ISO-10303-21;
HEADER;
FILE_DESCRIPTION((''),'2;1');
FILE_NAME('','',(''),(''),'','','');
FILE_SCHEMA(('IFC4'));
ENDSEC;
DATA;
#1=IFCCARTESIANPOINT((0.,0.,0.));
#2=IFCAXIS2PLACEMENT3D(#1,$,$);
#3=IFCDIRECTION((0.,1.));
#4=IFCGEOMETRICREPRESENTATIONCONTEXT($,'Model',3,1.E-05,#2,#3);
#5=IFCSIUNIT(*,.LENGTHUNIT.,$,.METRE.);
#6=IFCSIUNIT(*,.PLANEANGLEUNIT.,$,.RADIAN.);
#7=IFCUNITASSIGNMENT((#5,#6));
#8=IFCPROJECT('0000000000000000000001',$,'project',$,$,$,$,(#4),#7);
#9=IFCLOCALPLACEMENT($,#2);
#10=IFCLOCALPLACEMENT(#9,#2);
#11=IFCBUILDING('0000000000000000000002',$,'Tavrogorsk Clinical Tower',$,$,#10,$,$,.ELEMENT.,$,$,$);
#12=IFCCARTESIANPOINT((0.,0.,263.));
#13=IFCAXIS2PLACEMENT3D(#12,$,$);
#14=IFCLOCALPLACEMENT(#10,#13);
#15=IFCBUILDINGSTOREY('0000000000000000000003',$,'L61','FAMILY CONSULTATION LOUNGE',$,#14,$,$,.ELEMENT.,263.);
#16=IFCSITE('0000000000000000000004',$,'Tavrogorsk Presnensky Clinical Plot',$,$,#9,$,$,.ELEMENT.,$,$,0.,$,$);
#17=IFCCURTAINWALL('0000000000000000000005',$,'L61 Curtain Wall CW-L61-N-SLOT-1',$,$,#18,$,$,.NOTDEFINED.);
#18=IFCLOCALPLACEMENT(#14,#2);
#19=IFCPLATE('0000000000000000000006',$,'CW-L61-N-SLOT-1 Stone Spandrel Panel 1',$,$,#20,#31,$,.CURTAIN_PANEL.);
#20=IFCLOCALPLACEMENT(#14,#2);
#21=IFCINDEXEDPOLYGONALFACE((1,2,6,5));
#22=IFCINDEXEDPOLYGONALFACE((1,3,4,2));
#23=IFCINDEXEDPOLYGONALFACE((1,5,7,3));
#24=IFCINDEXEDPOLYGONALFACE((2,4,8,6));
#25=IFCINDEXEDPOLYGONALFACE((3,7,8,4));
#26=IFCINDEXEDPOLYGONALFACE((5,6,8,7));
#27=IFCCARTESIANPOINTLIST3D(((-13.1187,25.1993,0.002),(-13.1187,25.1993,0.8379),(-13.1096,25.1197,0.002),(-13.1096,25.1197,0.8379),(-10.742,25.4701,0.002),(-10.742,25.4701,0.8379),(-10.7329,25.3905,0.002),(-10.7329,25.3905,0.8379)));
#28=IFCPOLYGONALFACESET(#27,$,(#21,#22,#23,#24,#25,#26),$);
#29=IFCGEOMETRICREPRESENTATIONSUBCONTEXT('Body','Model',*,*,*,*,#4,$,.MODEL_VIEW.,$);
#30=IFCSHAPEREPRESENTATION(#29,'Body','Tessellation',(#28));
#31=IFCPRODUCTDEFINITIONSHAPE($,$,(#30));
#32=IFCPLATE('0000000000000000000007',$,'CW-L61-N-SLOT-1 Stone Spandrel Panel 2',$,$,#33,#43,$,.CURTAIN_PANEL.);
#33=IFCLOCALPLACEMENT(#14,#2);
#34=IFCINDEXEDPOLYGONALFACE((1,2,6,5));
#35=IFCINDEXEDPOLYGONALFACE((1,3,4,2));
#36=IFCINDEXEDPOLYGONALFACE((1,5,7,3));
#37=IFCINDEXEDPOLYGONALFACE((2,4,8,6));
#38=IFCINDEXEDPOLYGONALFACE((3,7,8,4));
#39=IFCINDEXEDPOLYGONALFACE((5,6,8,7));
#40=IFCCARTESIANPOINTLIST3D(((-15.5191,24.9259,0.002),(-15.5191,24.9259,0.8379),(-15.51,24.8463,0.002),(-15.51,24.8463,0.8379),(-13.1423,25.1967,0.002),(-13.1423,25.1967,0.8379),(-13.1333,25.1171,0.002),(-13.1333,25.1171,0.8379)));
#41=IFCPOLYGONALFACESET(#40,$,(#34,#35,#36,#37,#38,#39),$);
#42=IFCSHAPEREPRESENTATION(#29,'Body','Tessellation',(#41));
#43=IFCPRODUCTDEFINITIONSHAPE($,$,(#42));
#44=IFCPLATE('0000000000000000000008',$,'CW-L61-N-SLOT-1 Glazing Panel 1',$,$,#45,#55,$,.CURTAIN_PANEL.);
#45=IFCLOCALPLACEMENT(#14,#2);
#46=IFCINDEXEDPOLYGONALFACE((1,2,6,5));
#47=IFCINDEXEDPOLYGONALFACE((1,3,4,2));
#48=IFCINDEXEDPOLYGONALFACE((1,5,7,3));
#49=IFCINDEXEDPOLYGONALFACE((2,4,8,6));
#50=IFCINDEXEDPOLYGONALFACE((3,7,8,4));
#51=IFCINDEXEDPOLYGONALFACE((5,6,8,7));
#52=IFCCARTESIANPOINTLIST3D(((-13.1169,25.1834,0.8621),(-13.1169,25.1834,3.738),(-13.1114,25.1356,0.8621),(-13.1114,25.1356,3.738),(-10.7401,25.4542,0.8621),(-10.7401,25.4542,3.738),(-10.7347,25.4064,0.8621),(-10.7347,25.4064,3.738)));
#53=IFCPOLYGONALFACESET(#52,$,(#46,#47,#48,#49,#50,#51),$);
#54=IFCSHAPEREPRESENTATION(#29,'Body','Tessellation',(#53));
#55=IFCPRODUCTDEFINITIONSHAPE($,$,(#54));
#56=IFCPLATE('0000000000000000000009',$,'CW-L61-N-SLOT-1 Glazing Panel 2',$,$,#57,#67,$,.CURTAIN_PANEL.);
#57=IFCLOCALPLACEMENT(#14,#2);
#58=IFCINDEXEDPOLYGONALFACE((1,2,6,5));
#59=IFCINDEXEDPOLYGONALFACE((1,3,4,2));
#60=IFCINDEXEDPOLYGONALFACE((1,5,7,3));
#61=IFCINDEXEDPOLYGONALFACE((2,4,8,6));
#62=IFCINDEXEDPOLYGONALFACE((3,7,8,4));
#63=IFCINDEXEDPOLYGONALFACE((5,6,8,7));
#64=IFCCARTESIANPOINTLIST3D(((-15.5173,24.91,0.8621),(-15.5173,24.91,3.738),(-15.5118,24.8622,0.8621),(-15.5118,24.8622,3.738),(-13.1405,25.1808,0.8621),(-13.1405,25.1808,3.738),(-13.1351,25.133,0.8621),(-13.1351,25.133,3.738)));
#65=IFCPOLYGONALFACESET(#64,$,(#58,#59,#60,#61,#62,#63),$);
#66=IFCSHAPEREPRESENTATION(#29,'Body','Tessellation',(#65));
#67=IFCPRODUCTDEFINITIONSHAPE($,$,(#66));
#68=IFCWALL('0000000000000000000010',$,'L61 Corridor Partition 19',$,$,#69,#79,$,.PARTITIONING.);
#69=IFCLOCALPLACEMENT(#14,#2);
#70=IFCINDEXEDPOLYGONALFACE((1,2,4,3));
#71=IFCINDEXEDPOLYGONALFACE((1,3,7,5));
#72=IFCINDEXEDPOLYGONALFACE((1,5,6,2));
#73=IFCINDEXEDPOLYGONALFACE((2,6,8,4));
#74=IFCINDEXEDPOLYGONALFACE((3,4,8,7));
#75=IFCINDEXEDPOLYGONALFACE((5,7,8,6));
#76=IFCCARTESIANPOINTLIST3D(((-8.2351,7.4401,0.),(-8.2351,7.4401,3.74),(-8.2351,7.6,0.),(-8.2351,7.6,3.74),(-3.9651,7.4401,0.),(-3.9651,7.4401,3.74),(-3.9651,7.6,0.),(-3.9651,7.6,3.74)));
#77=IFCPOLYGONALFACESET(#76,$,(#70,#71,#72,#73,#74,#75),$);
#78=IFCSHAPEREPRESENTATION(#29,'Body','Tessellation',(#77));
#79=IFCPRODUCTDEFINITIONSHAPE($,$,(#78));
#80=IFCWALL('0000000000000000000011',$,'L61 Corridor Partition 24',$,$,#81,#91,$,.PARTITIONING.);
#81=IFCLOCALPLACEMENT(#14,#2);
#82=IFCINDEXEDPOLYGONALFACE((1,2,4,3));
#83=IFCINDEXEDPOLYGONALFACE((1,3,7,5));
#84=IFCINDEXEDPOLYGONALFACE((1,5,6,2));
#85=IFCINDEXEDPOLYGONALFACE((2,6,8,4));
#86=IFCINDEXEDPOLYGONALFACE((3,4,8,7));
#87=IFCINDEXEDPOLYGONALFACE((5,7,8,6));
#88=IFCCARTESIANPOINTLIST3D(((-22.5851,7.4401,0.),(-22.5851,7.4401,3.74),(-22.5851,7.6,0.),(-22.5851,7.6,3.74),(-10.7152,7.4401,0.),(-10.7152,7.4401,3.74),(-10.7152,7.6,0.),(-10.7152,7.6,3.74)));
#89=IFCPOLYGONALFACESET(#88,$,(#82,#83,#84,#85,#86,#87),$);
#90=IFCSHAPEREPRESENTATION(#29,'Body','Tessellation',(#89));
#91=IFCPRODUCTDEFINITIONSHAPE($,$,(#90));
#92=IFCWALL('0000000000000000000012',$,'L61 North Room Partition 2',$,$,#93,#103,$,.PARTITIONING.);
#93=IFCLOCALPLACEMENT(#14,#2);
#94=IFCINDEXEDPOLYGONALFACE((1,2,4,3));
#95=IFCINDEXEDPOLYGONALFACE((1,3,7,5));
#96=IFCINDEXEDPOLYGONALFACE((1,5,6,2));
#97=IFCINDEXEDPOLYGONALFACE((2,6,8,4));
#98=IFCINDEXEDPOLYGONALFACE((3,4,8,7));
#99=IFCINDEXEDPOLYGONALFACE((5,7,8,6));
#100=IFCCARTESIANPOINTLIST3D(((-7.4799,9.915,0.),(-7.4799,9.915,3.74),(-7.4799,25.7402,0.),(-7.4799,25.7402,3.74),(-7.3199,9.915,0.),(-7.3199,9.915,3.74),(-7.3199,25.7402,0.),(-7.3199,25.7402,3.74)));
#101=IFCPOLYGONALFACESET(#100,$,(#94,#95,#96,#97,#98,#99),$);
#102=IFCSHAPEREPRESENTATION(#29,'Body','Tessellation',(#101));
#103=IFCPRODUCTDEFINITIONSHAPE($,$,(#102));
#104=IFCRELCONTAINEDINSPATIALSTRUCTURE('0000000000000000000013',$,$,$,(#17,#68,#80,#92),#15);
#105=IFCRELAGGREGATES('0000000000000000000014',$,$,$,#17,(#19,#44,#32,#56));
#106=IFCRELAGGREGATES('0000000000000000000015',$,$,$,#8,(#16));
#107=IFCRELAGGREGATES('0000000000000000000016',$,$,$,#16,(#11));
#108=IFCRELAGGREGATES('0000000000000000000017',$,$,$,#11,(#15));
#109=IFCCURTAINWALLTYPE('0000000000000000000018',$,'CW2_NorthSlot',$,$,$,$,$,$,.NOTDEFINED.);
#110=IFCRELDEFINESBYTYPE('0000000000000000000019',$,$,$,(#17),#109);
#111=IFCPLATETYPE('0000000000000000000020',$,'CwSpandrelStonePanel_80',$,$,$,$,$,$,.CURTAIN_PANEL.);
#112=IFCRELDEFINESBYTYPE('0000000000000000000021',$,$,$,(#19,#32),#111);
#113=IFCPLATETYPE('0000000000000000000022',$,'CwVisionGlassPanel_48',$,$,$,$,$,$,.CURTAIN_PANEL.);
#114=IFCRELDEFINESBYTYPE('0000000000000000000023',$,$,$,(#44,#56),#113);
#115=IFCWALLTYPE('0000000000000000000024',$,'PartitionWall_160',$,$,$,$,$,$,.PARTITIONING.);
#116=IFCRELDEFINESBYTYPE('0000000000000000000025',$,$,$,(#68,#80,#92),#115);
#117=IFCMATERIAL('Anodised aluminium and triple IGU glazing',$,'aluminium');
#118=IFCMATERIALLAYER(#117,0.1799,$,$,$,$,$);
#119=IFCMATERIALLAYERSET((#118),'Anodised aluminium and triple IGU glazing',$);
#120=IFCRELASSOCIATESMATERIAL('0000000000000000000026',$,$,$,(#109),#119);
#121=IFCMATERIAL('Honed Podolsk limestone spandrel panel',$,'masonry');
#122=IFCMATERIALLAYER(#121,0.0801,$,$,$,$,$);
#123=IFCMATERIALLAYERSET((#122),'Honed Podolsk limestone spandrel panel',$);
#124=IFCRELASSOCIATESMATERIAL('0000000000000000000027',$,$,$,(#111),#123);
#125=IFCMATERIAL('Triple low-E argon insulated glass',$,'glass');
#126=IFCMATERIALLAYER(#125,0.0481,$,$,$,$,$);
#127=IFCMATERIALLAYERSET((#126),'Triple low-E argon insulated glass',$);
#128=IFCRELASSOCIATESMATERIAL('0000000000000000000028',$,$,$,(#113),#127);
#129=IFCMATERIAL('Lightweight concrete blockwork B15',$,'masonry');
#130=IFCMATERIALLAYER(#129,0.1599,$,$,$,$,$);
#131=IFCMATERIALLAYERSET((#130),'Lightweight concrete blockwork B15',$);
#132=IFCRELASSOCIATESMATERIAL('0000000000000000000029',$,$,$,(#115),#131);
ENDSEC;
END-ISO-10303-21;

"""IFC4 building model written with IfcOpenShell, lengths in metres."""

from ifc_helpers import new_model, si_unit, direction, frame, frame_2d, origin, origin_2d, place, context, subcontext, project, spatial, rectangle, extrude, material, layer, layer_set, type_object, element, aggregate, save


model = new_model("IFC4")

# Units and contexts
model_context = context("Model", 3, precision=1e-05, world=origin(), true_north=direction((0.0, 1.0)))
body_context = subcontext(model_context, "Body", "Model", "MODEL_VIEW")
ifc_project = project(units=[si_unit("LENGTHUNIT", "METRE"), si_unit("PLANEANGLEUNIT", "RADIAN")], contexts=[model_context])

# Site, building, storey
site_placement = place(None, origin())
site = spatial("IfcSite", under=ifc_project, at=site_placement, Name="Tavrogorsk Presnensky Clinical Plot", CompositionType="ELEMENT", RefElevation=0.0)
building_placement = place(site_placement, origin())
building = spatial("IfcBuilding", under=site, at=building_placement, Name="Tavrogorsk Clinical Tower", CompositionType="ELEMENT")
storey_placement = place(building_placement, frame((0.0, 0.0, 263.0)))
storey = spatial("IfcBuildingStorey", under=building, at=storey_placement, Name="L61", Description="FAMILY CONSULTATION LOUNGE", CompositionType="ELEMENT", Elevation=263.0)

# Curtain wall
ifc_material_1 = material(Name="Anodised aluminium and triple IGU glazing", Category="aluminium")
ifc_layer_1 = layer(ifc_material_1, 0.1799)
ifc_layer_set_1 = layer_set([ifc_layer_1], Name="Anodised aluminium and triple IGU glazing")
curtain_wall_type = type_object("IfcCurtainWallType", Name="CW2_NorthSlot", PredefinedType="NOTDEFINED", material=ifc_layer_set_1)
curtain_wall_placement = place(storey_placement, origin())
curtain_wall = element("IfcCurtainWall", 1, at=curtain_wall_placement, inside=storey, type_object=curtain_wall_type, Name="L61 Curtain Wall CW-L61-N-SLOT-1", PredefinedType="NOTDEFINED")

# Plates
ifc_material_2 = material(Name="Honed Podolsk limestone spandrel panel", Category="masonry")
ifc_layer_2 = layer(ifc_material_2, 0.0801)
ifc_layer_set_2 = layer_set([ifc_layer_2], Name="Honed Podolsk limestone spandrel panel")
plate_type_1 = type_object("IfcPlateType", Name="CwSpandrelStonePanel_80", PredefinedType="CURTAIN_PANEL", material=ifc_layer_set_2)
plate_1_placement = place(storey_placement, frame((-11.9258, 25.2949, 0.002), z_axis=(0.0, 0.0, 1.0), x_axis=(-0.993572, -0.113203, 0.0)))
plate_1 = element("IfcPlate", 2, at=plate_1_placement, type_object=plate_type_1, Name="CW-L61-N-SLOT-1 Stone Spandrel Panel 1", PredefinedType="CURTAIN_PANEL", context=body_context, shape_type="SweptSolid", body=[
    extrude(rectangle(XDim=2.3921, YDim=0.0801, at=origin_2d()), origin(), (0.0, 0.0, 1.0), 0.8359),
])
plate_2_placement = place(storey_placement, frame((-14.3262, 25.0215, 0.002), z_axis=(0.0, 0.0, 1.0), x_axis=(-0.993572, -0.113203, 0.0)))
plate_2 = element("IfcPlate", 3, at=plate_2_placement, type_object=plate_type_1, Name="CW-L61-N-SLOT-1 Stone Spandrel Panel 2", PredefinedType="CURTAIN_PANEL", context=body_context, shape_type="SweptSolid", body=[
    extrude(rectangle(XDim=2.3921, YDim=0.0801, at=origin_2d()), origin(), (0.0, 0.0, 1.0), 0.8359),
])
ifc_material_3 = material(Name="Triple low-E argon insulated glass", Category="glass")
ifc_layer_3 = layer(ifc_material_3, 0.0481)
ifc_layer_set_3 = layer_set([ifc_layer_3], Name="Triple low-E argon insulated glass")
plate_type_2 = type_object("IfcPlateType", Name="CwVisionGlassPanel_48", PredefinedType="CURTAIN_PANEL", material=ifc_layer_set_3)
plate_3_placement = place(storey_placement, frame((-11.9258, 25.2949, 0.8621), z_axis=(0.0, 0.0, 1.0), x_axis=(-0.993572, -0.113203, 0.0)))
plate_3 = element("IfcPlate", 4, at=plate_3_placement, type_object=plate_type_2, Name="CW-L61-N-SLOT-1 Glazing Panel 1", PredefinedType="CURTAIN_PANEL", context=body_context, shape_type="SweptSolid", body=[
    extrude(rectangle(XDim=2.3921, YDim=0.0481, at=origin_2d()), origin(), (0.0, 0.0, 1.0), 2.876),
])
plate_4_placement = place(storey_placement, frame((-14.3262, 25.0215, 0.8621), z_axis=(0.0, 0.0, 1.0), x_axis=(-0.993572, -0.113203, 0.0)))
plate_4 = element("IfcPlate", 5, at=plate_4_placement, type_object=plate_type_2, Name="CW-L61-N-SLOT-1 Glazing Panel 2", PredefinedType="CURTAIN_PANEL", context=body_context, shape_type="SweptSolid", body=[
    extrude(rectangle(XDim=2.3921, YDim=0.0481, at=origin_2d()), origin(), (0.0, 0.0, 1.0), 2.876),
])
aggregate(curtain_wall, [plate_1, plate_3, plate_2, plate_4])

# Walls
ifc_material_4 = material(Name="Lightweight concrete blockwork B15", Category="masonry")
ifc_layer_4 = layer(ifc_material_4, 0.1599)
ifc_layer_set_4 = layer_set([ifc_layer_4], Name="Lightweight concrete blockwork B15")
wall_type_1 = type_object("IfcWallType", Name="PartitionWall_160", PredefinedType="PARTITIONING", material=ifc_layer_set_4)
wall_1_placement = place(storey_placement, frame((-3.9651, 7.52, 0.0), z_axis=(0.0, 0.0, 1.0), x_axis=(-1.0, 0.0, 0.0)))
element("IfcWall", 6, at=wall_1_placement, inside=storey, type_object=wall_type_1, Name="L61 Corridor Partition 19", PredefinedType="PARTITIONING", context=body_context, shape_type="SweptSolid", body=[
    extrude(rectangle(XDim=4.27, YDim=0.1599, at=frame_2d((2.135, 0.0))), origin(), (0.0, 0.0, 1.0), 3.74),
])
wall_2_placement = place(storey_placement, frame((-10.7151, 7.52, 0.0), z_axis=(0.0, 0.0, 1.0), x_axis=(-1.0, 0.0, 0.0)))
element("IfcWall", 7, at=wall_2_placement, inside=storey, type_object=wall_type_1, Name="L61 Corridor Partition 24", PredefinedType="PARTITIONING", context=body_context, shape_type="SweptSolid", body=[
    extrude(rectangle(XDim=11.8699, YDim=0.1599, at=frame_2d((5.9351, 0.0))), origin(), (0.0, 0.0, 1.0), 3.74),
])
wall_3_placement = place(storey_placement, frame((-7.3999, 9.915, 0.0), z_axis=(0.0, 0.0, 1.0), x_axis=(0.0, 1.0, 0.0)))
element("IfcWall", 8, at=wall_3_placement, inside=storey, type_object=wall_type_1, Name="L61 North Room Partition 2", PredefinedType="PARTITIONING", context=body_context, shape_type="SweptSolid", body=[
    extrude(rectangle(XDim=15.8252, YDim=0.1599, at=frame_2d((7.9126, 0.0))), origin(), (0.0, 0.0, 1.0), 3.74),
])

save(model, "model.ifc")
